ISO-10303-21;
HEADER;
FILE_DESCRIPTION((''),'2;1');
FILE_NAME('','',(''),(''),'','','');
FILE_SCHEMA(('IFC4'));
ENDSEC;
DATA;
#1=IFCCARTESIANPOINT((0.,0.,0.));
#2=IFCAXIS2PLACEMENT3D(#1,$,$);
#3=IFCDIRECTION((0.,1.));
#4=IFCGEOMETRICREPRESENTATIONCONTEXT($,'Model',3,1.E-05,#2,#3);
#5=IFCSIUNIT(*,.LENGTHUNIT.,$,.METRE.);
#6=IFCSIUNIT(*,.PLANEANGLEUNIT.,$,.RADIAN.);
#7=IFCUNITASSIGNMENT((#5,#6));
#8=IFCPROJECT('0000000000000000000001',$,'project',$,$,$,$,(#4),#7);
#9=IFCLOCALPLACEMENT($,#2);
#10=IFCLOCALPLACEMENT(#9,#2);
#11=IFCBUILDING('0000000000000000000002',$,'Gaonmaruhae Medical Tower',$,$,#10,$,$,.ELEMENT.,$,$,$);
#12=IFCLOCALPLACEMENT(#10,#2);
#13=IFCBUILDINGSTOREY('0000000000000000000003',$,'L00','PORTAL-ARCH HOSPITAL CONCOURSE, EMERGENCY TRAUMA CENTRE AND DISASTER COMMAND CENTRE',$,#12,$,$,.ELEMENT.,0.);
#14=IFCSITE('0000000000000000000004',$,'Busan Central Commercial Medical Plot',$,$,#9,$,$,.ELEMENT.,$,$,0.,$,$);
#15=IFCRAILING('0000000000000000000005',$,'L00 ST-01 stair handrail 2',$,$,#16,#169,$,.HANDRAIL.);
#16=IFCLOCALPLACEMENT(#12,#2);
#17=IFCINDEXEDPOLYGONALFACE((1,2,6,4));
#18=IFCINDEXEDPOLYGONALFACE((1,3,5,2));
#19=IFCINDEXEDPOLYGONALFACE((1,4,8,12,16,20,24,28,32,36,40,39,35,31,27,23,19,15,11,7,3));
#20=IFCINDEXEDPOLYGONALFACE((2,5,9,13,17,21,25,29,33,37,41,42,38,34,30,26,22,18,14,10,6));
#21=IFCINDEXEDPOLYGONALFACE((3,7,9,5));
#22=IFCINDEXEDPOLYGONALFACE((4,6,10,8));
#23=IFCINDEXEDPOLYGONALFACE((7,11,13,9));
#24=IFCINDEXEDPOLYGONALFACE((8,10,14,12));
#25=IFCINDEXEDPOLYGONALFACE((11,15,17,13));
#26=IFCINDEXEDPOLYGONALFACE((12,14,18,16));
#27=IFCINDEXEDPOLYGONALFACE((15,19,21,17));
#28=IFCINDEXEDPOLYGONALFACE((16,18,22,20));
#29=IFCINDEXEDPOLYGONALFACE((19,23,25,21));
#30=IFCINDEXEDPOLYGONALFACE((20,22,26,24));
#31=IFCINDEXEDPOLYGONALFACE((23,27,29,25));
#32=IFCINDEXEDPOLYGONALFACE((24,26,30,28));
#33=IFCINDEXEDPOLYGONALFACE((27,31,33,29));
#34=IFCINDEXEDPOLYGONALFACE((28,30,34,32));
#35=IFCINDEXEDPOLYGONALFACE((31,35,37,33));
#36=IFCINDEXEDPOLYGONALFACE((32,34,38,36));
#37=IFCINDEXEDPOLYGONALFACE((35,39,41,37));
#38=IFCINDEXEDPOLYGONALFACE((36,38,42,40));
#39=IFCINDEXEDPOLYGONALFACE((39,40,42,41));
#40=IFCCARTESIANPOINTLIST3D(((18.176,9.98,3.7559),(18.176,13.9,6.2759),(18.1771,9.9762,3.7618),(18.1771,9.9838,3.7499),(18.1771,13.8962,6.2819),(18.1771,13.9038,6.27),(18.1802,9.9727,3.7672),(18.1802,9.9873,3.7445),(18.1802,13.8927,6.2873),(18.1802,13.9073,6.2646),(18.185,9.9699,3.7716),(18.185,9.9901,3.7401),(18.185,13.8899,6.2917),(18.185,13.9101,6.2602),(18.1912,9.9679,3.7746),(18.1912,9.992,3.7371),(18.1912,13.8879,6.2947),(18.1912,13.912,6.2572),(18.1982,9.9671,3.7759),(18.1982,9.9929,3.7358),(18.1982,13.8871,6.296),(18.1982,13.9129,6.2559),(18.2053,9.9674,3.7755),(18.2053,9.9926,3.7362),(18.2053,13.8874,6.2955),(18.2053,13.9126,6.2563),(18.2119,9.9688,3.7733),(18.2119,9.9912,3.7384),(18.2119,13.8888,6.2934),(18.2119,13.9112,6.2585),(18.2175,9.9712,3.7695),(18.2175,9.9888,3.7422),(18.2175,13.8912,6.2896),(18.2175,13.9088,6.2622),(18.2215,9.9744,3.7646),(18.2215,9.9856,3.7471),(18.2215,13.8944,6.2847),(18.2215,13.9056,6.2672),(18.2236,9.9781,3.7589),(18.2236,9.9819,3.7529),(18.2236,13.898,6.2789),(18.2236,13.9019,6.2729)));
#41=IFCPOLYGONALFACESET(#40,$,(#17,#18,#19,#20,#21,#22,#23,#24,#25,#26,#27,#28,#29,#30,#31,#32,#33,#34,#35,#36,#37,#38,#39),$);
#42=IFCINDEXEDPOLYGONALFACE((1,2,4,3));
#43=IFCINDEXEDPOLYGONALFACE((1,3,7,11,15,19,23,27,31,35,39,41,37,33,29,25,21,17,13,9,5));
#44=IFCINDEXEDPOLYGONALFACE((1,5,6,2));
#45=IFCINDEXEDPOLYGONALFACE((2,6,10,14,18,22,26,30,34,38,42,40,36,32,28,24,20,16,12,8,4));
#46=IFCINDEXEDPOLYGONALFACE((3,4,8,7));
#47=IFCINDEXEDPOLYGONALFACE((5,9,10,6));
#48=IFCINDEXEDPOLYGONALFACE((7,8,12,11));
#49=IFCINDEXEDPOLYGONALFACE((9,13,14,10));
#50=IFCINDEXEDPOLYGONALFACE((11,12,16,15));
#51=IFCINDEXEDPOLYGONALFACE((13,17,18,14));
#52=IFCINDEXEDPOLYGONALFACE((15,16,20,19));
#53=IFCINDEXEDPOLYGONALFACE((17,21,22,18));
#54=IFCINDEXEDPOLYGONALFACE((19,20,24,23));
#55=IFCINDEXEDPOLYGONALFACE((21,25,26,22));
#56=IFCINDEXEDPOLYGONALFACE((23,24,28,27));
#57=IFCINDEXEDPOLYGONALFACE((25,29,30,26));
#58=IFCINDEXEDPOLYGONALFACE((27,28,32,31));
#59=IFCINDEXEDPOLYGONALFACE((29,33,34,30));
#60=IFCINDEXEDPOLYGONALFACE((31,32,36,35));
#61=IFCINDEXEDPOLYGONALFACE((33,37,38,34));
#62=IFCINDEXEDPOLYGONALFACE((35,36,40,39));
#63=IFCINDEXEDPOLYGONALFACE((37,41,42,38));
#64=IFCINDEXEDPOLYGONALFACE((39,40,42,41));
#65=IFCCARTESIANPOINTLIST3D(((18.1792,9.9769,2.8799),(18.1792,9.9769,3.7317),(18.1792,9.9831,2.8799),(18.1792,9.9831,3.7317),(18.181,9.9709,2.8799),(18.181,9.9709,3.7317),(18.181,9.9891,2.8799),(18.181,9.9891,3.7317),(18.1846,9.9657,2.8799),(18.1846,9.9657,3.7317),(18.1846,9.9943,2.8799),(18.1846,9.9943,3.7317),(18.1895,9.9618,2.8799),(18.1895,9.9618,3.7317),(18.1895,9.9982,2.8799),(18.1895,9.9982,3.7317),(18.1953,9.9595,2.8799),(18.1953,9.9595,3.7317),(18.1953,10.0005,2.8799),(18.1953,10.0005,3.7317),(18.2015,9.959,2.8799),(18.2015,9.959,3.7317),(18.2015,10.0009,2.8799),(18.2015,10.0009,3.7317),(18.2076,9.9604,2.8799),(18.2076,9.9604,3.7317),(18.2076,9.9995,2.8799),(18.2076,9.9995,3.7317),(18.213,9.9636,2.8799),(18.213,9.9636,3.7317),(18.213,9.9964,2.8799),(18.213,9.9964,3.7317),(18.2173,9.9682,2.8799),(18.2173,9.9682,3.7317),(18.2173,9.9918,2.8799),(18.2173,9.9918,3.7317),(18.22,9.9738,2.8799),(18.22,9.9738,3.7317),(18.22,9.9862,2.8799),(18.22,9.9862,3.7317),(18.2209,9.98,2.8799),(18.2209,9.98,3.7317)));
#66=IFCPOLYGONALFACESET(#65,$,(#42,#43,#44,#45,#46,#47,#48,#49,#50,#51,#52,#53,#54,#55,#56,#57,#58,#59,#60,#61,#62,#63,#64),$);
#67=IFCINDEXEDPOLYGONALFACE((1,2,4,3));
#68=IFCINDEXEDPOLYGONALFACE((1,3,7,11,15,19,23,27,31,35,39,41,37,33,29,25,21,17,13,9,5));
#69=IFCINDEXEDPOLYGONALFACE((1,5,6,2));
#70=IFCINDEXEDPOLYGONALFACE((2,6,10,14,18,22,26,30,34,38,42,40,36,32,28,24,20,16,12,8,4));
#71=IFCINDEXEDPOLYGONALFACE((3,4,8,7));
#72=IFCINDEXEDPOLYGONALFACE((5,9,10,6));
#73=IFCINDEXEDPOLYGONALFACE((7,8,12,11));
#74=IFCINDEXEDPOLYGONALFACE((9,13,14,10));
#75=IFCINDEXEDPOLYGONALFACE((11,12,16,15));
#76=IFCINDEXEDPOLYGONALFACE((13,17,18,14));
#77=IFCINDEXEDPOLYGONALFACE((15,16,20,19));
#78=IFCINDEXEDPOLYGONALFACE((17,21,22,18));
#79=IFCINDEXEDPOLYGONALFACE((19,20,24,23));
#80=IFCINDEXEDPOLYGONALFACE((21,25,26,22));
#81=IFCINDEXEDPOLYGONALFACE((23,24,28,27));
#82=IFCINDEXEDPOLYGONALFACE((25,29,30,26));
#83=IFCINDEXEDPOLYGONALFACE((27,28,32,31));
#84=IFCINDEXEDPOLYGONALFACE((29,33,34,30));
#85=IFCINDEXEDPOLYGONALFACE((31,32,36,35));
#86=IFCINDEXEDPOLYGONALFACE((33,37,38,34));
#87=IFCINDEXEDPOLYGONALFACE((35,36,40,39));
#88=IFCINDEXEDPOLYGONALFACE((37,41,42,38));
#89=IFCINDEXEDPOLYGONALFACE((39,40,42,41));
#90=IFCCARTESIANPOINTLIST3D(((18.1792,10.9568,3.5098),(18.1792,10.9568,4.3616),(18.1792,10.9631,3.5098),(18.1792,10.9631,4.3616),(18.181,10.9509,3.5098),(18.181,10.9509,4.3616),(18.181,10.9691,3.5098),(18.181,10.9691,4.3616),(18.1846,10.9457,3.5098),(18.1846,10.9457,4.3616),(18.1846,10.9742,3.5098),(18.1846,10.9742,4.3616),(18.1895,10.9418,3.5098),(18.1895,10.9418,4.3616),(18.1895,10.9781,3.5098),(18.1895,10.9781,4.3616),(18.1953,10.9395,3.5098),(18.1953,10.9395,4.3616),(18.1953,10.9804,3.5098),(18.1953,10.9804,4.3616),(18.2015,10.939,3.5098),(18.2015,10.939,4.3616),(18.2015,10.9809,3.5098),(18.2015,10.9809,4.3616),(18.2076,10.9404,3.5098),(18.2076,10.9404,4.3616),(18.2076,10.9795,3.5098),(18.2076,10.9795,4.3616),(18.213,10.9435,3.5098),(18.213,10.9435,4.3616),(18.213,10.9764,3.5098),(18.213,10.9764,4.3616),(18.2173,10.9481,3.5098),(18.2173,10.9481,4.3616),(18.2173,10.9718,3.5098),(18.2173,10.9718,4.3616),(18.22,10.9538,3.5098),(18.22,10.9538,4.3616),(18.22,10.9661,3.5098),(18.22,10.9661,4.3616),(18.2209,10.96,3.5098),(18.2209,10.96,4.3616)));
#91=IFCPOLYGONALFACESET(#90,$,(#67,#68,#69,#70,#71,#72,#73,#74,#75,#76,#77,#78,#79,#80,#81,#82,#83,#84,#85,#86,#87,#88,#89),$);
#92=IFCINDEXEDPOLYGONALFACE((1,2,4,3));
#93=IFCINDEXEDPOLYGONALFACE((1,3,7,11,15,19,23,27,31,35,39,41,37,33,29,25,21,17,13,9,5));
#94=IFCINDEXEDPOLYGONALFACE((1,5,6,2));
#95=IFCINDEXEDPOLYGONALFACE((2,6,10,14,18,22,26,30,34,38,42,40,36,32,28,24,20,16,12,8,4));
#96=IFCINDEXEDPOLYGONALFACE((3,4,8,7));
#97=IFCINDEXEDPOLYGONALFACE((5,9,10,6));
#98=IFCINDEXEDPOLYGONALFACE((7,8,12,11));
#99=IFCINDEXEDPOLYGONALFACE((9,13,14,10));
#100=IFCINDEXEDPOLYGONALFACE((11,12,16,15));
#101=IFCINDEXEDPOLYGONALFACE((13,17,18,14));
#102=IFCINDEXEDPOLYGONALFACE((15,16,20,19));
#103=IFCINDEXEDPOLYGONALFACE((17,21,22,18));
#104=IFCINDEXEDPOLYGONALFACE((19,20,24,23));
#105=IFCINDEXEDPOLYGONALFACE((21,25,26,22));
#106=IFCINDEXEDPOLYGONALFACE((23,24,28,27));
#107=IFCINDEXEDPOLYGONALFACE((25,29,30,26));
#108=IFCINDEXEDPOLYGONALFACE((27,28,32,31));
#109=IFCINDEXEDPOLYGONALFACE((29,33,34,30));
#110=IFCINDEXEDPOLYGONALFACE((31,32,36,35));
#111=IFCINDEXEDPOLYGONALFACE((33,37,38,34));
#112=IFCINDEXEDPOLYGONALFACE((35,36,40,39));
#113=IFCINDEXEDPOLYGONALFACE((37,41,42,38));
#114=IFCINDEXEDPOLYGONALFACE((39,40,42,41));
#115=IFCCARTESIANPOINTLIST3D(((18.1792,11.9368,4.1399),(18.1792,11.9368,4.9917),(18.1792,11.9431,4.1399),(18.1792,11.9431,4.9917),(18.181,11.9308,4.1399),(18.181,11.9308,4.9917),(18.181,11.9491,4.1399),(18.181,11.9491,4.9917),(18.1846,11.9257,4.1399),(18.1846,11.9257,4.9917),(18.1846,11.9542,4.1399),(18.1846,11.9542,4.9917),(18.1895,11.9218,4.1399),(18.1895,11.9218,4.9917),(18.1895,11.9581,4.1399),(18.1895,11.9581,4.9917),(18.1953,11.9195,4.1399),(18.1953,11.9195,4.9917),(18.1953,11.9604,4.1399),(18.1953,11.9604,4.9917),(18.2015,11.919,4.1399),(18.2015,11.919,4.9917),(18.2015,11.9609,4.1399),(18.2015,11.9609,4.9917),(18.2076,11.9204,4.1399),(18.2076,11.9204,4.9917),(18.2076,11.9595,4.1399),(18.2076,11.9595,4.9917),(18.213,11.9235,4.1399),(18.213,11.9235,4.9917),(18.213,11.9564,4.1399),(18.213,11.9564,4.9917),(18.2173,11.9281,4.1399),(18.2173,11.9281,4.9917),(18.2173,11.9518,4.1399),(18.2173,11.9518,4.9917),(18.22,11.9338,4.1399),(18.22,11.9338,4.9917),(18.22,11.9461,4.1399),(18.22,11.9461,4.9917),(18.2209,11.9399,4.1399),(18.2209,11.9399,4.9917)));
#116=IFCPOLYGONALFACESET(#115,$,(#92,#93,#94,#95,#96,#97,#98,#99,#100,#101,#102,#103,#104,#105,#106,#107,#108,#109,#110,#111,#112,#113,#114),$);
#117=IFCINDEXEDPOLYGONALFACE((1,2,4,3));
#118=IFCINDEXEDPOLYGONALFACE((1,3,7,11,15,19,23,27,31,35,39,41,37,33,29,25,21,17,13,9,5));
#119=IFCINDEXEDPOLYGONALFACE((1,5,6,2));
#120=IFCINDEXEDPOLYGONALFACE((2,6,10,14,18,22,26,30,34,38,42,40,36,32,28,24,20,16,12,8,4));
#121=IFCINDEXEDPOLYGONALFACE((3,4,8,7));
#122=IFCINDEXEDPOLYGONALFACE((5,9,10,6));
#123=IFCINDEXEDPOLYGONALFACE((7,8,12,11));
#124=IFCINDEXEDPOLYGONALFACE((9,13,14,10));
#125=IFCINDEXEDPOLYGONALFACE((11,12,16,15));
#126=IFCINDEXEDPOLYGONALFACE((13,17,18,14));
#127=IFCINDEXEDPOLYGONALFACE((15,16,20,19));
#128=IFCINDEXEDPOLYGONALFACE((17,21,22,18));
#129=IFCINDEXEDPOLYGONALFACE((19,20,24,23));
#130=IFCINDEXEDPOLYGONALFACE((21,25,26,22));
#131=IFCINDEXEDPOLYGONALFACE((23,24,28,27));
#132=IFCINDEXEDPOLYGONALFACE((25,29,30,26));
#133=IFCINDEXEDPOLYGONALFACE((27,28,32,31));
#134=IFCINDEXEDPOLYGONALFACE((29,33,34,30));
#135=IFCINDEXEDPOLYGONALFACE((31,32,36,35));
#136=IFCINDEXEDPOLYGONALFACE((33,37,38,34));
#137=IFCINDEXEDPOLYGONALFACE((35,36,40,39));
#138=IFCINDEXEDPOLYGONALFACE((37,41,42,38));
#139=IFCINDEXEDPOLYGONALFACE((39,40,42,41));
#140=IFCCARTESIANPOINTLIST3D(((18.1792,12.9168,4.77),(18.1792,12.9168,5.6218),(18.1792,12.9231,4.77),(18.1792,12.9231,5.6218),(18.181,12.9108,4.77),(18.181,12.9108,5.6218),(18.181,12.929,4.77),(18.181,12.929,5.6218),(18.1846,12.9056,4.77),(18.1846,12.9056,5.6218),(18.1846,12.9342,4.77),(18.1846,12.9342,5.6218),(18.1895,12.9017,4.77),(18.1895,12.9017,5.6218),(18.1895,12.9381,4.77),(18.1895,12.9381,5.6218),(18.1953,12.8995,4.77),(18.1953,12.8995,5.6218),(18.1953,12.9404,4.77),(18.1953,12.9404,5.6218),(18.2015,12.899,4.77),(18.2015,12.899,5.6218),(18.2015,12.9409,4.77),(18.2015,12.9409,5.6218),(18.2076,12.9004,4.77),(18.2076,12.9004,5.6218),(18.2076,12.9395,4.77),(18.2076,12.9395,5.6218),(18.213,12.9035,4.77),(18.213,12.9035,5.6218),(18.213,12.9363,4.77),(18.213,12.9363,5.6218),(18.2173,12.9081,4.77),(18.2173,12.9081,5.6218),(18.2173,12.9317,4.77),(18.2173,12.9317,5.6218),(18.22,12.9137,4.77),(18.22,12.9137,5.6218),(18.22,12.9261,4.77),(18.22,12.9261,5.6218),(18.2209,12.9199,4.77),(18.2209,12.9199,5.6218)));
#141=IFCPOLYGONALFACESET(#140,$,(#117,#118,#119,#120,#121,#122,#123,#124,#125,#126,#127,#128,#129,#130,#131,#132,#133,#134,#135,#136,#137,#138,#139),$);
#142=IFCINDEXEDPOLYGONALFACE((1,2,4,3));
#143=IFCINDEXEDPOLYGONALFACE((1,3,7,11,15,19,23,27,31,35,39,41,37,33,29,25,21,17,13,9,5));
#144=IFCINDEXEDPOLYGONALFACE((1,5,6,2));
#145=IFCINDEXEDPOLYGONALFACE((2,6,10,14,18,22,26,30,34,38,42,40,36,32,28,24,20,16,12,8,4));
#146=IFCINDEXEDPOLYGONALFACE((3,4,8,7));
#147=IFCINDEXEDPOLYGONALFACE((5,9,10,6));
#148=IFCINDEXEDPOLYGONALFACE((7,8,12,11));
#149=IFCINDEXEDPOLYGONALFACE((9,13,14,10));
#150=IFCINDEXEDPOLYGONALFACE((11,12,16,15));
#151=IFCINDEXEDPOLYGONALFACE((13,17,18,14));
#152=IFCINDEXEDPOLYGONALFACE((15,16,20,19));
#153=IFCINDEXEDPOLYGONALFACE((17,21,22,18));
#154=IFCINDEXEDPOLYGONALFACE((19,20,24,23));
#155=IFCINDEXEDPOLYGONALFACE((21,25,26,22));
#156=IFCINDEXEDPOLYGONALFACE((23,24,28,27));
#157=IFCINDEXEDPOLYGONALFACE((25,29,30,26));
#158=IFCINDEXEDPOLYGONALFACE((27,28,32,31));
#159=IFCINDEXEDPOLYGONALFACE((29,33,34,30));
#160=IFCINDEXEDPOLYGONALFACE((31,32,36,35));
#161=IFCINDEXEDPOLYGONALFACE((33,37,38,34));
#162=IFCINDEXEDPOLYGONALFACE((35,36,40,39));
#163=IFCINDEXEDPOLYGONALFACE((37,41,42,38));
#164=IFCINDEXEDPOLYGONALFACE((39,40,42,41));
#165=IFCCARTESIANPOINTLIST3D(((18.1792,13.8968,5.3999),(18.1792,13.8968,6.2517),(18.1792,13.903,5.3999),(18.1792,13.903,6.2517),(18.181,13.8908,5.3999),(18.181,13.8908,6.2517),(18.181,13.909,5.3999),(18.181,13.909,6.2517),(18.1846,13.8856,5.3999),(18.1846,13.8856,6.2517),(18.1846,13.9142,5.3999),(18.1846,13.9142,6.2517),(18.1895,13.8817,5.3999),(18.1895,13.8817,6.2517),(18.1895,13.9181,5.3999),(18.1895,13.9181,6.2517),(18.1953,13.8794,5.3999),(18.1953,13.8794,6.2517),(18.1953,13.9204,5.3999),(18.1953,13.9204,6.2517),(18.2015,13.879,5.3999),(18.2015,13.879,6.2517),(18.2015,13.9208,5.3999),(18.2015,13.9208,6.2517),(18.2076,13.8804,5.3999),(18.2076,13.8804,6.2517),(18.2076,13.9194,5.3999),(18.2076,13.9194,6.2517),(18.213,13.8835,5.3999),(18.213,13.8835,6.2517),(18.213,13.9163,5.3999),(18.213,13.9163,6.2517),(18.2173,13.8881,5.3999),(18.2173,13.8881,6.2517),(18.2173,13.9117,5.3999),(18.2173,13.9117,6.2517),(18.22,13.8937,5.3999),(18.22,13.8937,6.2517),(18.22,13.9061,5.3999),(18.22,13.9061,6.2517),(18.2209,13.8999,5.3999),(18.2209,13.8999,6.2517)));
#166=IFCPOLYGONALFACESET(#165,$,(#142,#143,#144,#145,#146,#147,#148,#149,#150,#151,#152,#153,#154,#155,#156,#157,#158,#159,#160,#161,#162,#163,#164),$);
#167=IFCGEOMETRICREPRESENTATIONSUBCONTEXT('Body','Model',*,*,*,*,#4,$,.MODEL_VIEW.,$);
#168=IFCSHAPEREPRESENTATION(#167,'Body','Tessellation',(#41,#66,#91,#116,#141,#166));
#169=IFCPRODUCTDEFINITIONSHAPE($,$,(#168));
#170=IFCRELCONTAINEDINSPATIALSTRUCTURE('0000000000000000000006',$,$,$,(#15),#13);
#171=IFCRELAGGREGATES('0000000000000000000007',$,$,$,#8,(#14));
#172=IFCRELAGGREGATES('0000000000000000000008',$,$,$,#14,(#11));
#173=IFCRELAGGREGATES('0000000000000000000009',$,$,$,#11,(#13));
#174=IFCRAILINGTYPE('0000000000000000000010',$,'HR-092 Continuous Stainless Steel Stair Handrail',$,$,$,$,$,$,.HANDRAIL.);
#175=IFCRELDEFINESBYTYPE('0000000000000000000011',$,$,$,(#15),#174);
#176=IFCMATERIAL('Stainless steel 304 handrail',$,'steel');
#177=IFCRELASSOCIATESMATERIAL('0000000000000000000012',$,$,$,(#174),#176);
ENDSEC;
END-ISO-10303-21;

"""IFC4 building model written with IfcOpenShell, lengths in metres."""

from ifc_helpers import new_model, si_unit, direction, frame, origin, origin_2d, place, context, subcontext, project, spatial, circle, extrude, material, type_object, element, save


model = new_model("IFC4")

# Units and contexts
model_context = context("Model", 3, precision=1e-05, world=origin(), true_north=direction((0.0, 1.0)))
body_context = subcontext(model_context, "Body", "Model", "MODEL_VIEW")
ifc_project = project(units=[si_unit("LENGTHUNIT", "METRE"), si_unit("PLANEANGLEUNIT", "RADIAN")], contexts=[model_context])

# Site, building, storey
site_placement = place(None, origin())
site = spatial("IfcSite", under=ifc_project, at=site_placement, Name="Busan Central Commercial Medical Plot", CompositionType="ELEMENT", RefElevation=0.0)
building_placement = place(site_placement, origin())
building = spatial("IfcBuilding", under=site, at=building_placement, Name="Gaonmaruhae Medical Tower", CompositionType="ELEMENT")
storey_placement = place(building_placement, origin())
storey = spatial("IfcBuildingStorey", under=building, at=storey_placement, Name="L00", Description="PORTAL-ARCH HOSPITAL CONCOURSE, EMERGENCY TRAUMA CENTRE AND DISASTER COMMAND CENTRE", CompositionType="ELEMENT", Elevation=0.0)

# Railing
ifc_material_1 = material(Name="Stainless steel 304 handrail", Category="steel")
railing_type_1 = type_object("IfcRailingType", Name="HR-092 Continuous Stainless Steel Stair Handrail", PredefinedType="HANDRAIL", material=ifc_material_1)
railing_1_placement = place(storey_placement, frame((18.2, 9.98, 2.8799)))
element("IfcRailing", 1, at=railing_1_placement, inside=storey, type_object=railing_type_1, Name="L00 ST-01 stair handrail 2", PredefinedType="HANDRAIL", context=body_context, shape_type="SweptSolid", body=[
    extrude(circle(Radius=0.0239, at=origin_2d()), frame((0.0, 0.0, 0.876), z_axis=(0.0, 0.841172, 0.540768), x_axis=(-1.0, 0.0, 0.0)), (0.0, 0.0, 1.0), 4.6602),
    extrude(circle(Radius=0.021, at=origin_2d()), origin(), (0.0, 0.0, 1.0), 0.8518),
    extrude(circle(Radius=0.021, at=origin_2d()), frame((0.0, 0.98, 0.6299)), (0.0, 0.0, 1.0), 0.8518),
    extrude(circle(Radius=0.021, at=origin_2d()), frame((0.0, 1.96, 1.26)), (0.0, 0.0, 1.0), 0.8518),
    extrude(circle(Radius=0.021, at=origin_2d()), frame((0.0, 2.9399, 1.8901)), (0.0, 0.0, 1.0), 0.8518),
    extrude(circle(Radius=0.021, at=origin_2d()), frame((0.0, 3.9199, 2.52)), (0.0, 0.0, 1.0), 0.8518),
])

save(model, "model.ifc")
